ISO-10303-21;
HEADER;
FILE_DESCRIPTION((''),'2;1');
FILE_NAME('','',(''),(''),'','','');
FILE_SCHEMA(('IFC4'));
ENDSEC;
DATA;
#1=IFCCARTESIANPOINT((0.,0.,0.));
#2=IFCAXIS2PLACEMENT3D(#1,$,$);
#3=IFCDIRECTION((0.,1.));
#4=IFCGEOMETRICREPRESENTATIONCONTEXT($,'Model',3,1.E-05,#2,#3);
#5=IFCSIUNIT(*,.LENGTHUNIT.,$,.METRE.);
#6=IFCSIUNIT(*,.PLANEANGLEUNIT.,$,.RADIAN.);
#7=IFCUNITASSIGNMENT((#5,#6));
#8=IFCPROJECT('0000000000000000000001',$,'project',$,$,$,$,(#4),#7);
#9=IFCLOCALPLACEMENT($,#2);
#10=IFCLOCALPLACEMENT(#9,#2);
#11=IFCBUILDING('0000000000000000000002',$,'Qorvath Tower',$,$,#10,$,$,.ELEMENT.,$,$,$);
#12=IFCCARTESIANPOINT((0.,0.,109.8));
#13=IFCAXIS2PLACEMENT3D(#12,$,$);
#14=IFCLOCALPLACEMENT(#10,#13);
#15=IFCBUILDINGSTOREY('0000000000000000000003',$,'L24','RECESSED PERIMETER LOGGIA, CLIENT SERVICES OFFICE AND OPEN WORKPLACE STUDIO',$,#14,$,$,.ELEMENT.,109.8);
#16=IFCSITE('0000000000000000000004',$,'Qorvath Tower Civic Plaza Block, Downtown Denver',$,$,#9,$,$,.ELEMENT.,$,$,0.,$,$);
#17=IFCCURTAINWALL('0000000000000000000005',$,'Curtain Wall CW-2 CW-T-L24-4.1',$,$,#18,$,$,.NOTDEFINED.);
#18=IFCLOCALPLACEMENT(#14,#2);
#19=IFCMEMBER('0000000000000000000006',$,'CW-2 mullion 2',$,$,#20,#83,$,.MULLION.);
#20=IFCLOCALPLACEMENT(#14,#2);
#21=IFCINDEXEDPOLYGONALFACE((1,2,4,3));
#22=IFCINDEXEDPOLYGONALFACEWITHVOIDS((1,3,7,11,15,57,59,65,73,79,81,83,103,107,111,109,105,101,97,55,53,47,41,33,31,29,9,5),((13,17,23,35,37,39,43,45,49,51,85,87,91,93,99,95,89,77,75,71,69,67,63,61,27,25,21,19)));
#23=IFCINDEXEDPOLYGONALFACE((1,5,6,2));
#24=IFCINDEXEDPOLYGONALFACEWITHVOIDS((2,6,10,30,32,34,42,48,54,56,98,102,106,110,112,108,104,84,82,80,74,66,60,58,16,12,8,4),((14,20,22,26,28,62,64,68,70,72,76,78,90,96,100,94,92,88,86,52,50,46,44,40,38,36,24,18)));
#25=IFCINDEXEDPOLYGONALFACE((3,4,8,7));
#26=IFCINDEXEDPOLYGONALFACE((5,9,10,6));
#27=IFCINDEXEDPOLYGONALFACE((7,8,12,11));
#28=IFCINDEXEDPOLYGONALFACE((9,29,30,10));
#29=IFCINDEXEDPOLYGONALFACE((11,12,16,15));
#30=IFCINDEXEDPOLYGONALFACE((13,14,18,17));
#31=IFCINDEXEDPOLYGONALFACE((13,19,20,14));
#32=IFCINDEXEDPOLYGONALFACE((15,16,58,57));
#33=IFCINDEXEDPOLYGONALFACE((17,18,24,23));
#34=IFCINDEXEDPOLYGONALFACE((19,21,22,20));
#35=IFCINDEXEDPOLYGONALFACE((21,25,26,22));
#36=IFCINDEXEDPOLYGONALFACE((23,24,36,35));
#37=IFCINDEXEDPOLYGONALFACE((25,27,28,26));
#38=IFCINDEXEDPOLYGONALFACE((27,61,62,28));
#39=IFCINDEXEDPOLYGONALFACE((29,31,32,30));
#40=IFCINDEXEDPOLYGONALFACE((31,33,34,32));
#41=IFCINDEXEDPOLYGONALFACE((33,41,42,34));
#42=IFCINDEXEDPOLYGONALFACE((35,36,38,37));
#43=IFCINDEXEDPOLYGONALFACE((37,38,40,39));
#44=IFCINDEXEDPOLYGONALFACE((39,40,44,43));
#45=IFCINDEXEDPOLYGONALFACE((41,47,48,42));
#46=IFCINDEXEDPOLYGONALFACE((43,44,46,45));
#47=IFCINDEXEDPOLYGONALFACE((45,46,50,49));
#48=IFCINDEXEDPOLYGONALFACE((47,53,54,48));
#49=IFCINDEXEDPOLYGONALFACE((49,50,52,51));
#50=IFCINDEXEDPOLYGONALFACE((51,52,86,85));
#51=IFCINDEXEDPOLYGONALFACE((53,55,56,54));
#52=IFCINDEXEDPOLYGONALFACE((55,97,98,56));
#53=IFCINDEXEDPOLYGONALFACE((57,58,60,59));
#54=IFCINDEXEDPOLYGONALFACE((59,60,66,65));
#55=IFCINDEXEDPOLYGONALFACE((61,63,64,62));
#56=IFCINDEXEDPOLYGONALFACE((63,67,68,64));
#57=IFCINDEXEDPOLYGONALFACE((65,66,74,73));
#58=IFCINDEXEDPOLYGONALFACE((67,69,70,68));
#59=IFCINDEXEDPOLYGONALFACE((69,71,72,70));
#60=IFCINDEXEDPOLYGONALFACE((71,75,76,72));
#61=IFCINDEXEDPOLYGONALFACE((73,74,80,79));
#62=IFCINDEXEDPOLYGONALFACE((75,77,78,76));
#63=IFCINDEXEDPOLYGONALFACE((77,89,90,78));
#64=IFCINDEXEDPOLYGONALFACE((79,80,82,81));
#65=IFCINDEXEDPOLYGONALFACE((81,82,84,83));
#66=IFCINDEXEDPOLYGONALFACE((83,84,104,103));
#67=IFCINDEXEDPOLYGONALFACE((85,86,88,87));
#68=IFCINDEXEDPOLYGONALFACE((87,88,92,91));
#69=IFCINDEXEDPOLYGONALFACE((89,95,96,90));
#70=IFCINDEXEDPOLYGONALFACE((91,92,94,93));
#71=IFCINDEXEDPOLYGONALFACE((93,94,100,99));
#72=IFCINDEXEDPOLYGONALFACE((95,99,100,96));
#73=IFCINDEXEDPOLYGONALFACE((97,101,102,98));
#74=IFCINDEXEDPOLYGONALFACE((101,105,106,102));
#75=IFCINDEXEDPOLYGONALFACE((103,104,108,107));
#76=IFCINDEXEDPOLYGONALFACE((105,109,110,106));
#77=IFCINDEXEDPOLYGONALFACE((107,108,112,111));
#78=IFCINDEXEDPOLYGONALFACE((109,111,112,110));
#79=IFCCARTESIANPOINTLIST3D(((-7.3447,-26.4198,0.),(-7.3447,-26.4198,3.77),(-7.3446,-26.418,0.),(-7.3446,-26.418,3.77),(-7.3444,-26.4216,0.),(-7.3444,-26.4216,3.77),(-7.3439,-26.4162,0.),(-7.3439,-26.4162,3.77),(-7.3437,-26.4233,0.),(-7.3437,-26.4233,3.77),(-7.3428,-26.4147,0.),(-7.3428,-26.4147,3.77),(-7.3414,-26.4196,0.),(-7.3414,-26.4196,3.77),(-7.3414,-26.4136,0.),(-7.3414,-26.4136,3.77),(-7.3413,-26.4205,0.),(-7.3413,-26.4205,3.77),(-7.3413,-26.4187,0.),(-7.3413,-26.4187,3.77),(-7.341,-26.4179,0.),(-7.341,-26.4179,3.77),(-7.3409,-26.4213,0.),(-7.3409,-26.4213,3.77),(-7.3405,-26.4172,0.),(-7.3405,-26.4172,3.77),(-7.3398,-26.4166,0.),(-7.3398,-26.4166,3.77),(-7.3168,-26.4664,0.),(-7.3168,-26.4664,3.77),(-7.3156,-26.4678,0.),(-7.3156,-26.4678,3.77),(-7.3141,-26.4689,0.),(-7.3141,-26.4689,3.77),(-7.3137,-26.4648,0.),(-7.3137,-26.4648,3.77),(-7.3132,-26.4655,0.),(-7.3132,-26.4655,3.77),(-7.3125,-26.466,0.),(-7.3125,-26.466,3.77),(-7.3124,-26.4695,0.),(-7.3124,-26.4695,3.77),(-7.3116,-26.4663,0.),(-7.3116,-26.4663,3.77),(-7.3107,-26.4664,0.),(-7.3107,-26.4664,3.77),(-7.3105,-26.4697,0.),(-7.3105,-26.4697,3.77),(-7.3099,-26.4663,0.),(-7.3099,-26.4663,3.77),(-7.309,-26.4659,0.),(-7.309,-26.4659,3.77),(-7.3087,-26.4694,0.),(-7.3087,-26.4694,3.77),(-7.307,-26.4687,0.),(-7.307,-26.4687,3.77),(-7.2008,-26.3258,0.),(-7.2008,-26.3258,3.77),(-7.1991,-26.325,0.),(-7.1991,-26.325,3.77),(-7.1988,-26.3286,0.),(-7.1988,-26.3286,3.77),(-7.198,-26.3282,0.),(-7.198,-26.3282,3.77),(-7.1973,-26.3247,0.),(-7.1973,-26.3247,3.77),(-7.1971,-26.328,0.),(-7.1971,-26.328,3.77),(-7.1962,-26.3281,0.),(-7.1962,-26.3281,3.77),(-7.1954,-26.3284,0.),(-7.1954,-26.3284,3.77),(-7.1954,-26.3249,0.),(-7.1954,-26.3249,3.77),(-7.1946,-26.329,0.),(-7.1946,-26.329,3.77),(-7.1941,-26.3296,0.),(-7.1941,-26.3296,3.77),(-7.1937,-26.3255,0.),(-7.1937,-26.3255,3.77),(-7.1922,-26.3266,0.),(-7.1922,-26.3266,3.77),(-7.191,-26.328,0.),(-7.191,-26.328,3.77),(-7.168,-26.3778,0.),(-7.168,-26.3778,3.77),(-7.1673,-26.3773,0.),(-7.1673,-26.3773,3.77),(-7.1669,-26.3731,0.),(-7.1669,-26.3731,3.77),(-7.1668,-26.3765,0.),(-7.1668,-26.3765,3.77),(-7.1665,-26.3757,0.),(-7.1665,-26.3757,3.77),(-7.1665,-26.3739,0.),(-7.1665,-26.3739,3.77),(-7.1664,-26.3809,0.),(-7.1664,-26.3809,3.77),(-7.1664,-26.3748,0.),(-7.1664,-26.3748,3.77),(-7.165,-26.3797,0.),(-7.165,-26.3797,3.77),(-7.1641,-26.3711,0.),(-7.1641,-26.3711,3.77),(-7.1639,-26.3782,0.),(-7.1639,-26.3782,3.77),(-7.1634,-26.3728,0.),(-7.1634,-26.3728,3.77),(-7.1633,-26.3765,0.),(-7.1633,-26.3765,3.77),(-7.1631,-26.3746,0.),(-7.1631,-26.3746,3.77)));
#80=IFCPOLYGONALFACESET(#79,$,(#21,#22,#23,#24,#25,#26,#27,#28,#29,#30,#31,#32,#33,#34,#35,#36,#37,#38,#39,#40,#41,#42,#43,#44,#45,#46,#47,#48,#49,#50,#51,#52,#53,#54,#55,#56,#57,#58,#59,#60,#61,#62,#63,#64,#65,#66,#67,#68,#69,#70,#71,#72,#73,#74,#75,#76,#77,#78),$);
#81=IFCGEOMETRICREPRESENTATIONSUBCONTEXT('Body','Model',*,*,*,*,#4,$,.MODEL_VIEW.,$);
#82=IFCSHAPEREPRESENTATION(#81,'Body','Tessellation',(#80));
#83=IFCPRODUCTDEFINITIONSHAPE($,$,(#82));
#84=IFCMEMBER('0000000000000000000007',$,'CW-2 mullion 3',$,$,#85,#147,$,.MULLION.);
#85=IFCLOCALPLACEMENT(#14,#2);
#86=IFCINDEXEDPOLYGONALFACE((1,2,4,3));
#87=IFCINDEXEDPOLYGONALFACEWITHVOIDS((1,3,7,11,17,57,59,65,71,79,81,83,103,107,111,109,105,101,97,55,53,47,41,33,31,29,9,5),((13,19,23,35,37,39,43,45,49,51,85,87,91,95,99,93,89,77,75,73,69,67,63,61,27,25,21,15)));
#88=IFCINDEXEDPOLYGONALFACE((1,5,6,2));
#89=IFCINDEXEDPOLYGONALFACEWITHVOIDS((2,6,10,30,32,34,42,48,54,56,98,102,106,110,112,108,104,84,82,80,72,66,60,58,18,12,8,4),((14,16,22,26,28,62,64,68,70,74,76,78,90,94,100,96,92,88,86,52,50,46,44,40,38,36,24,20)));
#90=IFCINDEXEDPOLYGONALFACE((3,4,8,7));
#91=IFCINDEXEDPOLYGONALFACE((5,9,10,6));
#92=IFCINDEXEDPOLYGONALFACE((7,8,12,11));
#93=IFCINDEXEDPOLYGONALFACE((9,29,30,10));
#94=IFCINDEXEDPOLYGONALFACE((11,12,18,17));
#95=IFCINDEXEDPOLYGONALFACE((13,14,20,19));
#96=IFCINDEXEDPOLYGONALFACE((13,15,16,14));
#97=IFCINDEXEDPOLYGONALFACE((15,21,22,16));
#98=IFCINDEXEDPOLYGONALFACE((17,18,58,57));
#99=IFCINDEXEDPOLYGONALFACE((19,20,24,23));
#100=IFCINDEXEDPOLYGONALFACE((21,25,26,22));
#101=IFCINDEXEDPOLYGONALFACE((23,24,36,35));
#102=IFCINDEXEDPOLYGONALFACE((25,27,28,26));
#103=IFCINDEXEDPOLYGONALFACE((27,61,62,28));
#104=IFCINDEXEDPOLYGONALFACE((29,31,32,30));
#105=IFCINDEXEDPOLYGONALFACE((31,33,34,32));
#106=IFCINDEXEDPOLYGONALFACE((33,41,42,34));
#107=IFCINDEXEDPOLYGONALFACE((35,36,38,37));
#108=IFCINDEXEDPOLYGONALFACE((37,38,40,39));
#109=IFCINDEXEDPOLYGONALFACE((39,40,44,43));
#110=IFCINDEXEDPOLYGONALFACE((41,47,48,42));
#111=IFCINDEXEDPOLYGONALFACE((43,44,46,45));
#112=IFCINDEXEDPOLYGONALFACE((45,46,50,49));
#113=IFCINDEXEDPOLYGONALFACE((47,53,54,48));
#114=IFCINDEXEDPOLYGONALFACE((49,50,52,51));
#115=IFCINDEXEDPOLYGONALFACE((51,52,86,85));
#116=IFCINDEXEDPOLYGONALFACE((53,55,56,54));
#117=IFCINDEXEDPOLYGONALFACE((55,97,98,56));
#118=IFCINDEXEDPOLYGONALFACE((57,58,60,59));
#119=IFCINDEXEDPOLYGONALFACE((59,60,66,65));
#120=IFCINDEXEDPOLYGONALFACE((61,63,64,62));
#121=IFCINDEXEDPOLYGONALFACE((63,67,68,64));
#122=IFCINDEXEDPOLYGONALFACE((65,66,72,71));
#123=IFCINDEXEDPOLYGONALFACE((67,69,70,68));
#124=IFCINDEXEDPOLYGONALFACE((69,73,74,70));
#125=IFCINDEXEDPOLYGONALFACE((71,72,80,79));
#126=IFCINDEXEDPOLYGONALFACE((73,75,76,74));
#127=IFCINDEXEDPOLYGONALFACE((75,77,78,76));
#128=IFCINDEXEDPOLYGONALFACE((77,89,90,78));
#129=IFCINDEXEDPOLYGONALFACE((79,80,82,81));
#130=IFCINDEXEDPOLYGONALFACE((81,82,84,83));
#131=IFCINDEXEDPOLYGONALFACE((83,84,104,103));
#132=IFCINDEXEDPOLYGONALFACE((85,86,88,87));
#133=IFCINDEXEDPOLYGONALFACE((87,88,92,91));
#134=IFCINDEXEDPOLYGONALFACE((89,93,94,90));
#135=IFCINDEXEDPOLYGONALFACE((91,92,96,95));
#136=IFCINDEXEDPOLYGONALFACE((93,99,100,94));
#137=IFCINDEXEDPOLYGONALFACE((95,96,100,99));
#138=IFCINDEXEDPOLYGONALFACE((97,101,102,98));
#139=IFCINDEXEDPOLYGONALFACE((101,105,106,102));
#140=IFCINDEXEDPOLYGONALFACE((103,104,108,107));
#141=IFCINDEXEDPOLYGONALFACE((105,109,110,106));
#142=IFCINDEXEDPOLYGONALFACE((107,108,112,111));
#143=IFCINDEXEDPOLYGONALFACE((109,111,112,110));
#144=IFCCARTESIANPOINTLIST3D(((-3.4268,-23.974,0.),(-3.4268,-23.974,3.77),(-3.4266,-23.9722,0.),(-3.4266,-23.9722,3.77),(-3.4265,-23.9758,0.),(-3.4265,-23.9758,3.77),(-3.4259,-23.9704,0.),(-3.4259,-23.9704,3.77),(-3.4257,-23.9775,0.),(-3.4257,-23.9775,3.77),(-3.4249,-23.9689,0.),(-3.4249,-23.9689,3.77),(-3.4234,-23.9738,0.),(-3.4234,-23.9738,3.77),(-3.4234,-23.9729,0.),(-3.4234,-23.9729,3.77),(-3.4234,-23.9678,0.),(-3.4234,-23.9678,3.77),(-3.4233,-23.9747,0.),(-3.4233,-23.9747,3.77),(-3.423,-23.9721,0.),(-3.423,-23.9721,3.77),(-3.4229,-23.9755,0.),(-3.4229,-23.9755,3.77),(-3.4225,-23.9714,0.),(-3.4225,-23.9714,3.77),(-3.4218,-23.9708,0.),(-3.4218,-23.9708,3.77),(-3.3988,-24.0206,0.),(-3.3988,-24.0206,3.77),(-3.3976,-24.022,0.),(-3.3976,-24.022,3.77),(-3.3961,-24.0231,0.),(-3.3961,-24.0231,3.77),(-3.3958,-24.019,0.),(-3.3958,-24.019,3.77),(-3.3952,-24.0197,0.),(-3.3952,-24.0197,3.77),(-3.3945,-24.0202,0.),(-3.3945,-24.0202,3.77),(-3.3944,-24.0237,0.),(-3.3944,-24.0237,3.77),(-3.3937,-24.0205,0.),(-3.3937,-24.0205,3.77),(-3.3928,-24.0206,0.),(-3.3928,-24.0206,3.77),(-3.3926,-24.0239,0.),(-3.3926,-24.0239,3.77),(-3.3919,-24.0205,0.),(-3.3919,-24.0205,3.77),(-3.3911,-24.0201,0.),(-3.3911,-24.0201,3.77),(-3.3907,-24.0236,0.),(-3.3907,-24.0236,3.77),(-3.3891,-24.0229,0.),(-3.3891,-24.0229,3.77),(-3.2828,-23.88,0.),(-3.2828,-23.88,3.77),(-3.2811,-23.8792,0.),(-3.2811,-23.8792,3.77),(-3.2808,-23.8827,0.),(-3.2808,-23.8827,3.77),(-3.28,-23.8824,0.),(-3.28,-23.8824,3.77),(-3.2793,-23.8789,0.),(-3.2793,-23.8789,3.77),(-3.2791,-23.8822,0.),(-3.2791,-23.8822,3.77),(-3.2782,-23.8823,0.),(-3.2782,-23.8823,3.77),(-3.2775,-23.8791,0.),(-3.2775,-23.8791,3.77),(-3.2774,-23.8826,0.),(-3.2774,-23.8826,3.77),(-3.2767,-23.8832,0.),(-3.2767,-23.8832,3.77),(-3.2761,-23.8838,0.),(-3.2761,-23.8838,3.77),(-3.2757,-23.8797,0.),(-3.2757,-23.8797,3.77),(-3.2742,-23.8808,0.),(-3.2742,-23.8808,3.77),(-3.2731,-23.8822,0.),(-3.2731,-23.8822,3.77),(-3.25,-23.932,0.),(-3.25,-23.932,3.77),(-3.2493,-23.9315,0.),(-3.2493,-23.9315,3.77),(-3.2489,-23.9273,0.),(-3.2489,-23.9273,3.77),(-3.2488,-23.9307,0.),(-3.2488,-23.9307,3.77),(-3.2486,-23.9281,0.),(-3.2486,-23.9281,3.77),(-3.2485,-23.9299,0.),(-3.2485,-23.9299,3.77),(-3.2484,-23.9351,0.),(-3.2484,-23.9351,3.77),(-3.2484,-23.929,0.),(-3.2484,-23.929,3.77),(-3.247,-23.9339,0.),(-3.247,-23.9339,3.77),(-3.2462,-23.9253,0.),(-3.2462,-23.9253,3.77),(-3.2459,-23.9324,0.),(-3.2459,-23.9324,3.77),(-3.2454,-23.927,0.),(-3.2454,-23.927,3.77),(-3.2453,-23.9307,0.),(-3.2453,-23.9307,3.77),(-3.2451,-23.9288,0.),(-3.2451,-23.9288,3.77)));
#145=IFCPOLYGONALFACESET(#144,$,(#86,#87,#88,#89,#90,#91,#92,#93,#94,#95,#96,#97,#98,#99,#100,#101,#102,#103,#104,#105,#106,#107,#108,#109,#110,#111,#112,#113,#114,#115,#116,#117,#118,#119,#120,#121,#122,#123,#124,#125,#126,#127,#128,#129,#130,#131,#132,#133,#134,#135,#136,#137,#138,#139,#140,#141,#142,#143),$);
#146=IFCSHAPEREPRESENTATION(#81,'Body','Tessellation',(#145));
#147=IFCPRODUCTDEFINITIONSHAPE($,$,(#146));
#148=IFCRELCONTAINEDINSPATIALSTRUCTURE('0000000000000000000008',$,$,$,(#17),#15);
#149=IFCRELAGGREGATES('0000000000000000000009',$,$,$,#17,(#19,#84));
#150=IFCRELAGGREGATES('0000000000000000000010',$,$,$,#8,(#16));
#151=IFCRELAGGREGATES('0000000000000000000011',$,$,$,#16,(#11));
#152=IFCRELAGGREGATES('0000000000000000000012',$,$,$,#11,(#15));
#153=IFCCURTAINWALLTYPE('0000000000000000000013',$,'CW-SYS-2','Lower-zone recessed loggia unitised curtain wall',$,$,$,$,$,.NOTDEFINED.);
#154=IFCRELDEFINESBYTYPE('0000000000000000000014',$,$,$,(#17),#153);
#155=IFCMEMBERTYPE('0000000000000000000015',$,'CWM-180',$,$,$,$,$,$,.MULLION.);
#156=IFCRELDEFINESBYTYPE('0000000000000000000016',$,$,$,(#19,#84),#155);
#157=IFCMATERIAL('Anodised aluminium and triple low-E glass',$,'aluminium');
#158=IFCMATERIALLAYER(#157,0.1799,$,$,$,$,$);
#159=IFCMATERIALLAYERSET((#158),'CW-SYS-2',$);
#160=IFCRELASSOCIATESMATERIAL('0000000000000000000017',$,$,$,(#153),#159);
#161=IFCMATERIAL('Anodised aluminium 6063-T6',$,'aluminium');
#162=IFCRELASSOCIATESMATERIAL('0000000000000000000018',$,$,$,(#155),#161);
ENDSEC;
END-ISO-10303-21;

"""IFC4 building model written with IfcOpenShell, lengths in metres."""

from ifc_helpers import new_model, si_unit, direction, frame, origin, origin_2d, place, context, subcontext, project, spatial, hollow_rectangle, extrude, material, layer, layer_set, material_profile, profile_set, type_object, element, aggregate, save


model = new_model("IFC4")

# Units and contexts
model_context = context("Model", 3, precision=1e-05, world=origin(), true_north=direction((0.0, 1.0)))
body_context = subcontext(model_context, "Body", "Model", "MODEL_VIEW")
ifc_project = project(units=[si_unit("LENGTHUNIT", "METRE"), si_unit("PLANEANGLEUNIT", "RADIAN")], contexts=[model_context])

# Site, building, storey
site_placement = place(None, origin())
site = spatial("IfcSite", under=ifc_project, at=site_placement, Name="Qorvath Tower Civic Plaza Block, Downtown Denver", CompositionType="ELEMENT", RefElevation=0.0)
building_placement = place(site_placement, origin())
building = spatial("IfcBuilding", under=site, at=building_placement, Name="Qorvath Tower", CompositionType="ELEMENT")
storey_placement = place(building_placement, frame((0.0, 0.0, 109.8)))
storey = spatial("IfcBuildingStorey", under=building, at=storey_placement, Name="L24", Description="RECESSED PERIMETER LOGGIA, CLIENT SERVICES OFFICE AND OPEN WORKPLACE STUDIO", CompositionType="ELEMENT", Elevation=109.8)

# Shared definitions
ifc_material_1 = material(Name="Anodised aluminium and triple low-E glass", Category="aluminium")
ifc_layer_1 = layer(ifc_material_1, 0.1799)
ifc_layer_set_1 = layer_set([ifc_layer_1], Name="CW-SYS-2")
curtain_wall_type = type_object("IfcCurtainWallType", Name="CW-SYS-2", Description="Lower-zone recessed loggia unitised curtain wall", PredefinedType="NOTDEFINED", material=ifc_layer_set_1)
ifc_material_2 = material(Name="Anodised aluminium 6063-T6", Category="aluminium")
ifc_material_profile_1 = material_profile(ifc_material_2, hollow_rectangle(XDim=0.0649, YDim=0.1799, WallThickness=0.0034, InnerFilletRadius=0.0034, OuterFilletRadius=0.0071, at=origin_2d()), Name="CWM 180x65")
ifc_profile_set_1 = profile_set([ifc_material_profile_1], Name="Anodised aluminium 6063-T6")
member_type_1 = type_object("IfcMemberType", Name="CWM-180", PredefinedType="MULLION", material=ifc_profile_set_1)

# Curtain wall, members
curtain_wall_1_placement = place(storey_placement, origin())
curtain_wall_1 = element("IfcCurtainWall", 1, at=curtain_wall_1_placement, inside=storey, type_object=curtain_wall_type, Name="Curtain Wall CW-2 CW-T-L24-4.1", PredefinedType="NOTDEFINED")
member_1_placement = place(storey_placement, frame((-7.2539, -26.3972, 0.0), z_axis=(0.0, 0.0, 1.0), x_axis=(-0.529549, 0.84828, 0.0)))
member_1 = element("IfcMember", 2, at=member_1_placement, type_object=member_type_1, Name="CW-2 mullion 2", PredefinedType="MULLION", context=body_context, shape_type="SweptSolid", body=[
    extrude(hollow_rectangle(XDim=0.0649, YDim=0.1799, WallThickness=0.0034, InnerFilletRadius=0.0034, OuterFilletRadius=0.0071, at=origin_2d()), origin(), (0.0, 0.0, 1.0), 3.77),
])
member_2_placement = place(storey_placement, frame((-3.3359, -23.9514, 0.0), z_axis=(0.0, 0.0, 1.0), x_axis=(-0.529549, 0.84828, 0.0)))
member_2 = element("IfcMember", 3, at=member_2_placement, type_object=member_type_1, Name="CW-2 mullion 3", PredefinedType="MULLION", context=body_context, shape_type="SweptSolid", body=[
    extrude(hollow_rectangle(XDim=0.0649, YDim=0.1799, WallThickness=0.0034, InnerFilletRadius=0.0034, OuterFilletRadius=0.0071, at=origin_2d()), origin(), (0.0, 0.0, 1.0), 3.77),
])

aggregate(curtain_wall_1, [member_1, member_2])

save(model, "model.ifc")
